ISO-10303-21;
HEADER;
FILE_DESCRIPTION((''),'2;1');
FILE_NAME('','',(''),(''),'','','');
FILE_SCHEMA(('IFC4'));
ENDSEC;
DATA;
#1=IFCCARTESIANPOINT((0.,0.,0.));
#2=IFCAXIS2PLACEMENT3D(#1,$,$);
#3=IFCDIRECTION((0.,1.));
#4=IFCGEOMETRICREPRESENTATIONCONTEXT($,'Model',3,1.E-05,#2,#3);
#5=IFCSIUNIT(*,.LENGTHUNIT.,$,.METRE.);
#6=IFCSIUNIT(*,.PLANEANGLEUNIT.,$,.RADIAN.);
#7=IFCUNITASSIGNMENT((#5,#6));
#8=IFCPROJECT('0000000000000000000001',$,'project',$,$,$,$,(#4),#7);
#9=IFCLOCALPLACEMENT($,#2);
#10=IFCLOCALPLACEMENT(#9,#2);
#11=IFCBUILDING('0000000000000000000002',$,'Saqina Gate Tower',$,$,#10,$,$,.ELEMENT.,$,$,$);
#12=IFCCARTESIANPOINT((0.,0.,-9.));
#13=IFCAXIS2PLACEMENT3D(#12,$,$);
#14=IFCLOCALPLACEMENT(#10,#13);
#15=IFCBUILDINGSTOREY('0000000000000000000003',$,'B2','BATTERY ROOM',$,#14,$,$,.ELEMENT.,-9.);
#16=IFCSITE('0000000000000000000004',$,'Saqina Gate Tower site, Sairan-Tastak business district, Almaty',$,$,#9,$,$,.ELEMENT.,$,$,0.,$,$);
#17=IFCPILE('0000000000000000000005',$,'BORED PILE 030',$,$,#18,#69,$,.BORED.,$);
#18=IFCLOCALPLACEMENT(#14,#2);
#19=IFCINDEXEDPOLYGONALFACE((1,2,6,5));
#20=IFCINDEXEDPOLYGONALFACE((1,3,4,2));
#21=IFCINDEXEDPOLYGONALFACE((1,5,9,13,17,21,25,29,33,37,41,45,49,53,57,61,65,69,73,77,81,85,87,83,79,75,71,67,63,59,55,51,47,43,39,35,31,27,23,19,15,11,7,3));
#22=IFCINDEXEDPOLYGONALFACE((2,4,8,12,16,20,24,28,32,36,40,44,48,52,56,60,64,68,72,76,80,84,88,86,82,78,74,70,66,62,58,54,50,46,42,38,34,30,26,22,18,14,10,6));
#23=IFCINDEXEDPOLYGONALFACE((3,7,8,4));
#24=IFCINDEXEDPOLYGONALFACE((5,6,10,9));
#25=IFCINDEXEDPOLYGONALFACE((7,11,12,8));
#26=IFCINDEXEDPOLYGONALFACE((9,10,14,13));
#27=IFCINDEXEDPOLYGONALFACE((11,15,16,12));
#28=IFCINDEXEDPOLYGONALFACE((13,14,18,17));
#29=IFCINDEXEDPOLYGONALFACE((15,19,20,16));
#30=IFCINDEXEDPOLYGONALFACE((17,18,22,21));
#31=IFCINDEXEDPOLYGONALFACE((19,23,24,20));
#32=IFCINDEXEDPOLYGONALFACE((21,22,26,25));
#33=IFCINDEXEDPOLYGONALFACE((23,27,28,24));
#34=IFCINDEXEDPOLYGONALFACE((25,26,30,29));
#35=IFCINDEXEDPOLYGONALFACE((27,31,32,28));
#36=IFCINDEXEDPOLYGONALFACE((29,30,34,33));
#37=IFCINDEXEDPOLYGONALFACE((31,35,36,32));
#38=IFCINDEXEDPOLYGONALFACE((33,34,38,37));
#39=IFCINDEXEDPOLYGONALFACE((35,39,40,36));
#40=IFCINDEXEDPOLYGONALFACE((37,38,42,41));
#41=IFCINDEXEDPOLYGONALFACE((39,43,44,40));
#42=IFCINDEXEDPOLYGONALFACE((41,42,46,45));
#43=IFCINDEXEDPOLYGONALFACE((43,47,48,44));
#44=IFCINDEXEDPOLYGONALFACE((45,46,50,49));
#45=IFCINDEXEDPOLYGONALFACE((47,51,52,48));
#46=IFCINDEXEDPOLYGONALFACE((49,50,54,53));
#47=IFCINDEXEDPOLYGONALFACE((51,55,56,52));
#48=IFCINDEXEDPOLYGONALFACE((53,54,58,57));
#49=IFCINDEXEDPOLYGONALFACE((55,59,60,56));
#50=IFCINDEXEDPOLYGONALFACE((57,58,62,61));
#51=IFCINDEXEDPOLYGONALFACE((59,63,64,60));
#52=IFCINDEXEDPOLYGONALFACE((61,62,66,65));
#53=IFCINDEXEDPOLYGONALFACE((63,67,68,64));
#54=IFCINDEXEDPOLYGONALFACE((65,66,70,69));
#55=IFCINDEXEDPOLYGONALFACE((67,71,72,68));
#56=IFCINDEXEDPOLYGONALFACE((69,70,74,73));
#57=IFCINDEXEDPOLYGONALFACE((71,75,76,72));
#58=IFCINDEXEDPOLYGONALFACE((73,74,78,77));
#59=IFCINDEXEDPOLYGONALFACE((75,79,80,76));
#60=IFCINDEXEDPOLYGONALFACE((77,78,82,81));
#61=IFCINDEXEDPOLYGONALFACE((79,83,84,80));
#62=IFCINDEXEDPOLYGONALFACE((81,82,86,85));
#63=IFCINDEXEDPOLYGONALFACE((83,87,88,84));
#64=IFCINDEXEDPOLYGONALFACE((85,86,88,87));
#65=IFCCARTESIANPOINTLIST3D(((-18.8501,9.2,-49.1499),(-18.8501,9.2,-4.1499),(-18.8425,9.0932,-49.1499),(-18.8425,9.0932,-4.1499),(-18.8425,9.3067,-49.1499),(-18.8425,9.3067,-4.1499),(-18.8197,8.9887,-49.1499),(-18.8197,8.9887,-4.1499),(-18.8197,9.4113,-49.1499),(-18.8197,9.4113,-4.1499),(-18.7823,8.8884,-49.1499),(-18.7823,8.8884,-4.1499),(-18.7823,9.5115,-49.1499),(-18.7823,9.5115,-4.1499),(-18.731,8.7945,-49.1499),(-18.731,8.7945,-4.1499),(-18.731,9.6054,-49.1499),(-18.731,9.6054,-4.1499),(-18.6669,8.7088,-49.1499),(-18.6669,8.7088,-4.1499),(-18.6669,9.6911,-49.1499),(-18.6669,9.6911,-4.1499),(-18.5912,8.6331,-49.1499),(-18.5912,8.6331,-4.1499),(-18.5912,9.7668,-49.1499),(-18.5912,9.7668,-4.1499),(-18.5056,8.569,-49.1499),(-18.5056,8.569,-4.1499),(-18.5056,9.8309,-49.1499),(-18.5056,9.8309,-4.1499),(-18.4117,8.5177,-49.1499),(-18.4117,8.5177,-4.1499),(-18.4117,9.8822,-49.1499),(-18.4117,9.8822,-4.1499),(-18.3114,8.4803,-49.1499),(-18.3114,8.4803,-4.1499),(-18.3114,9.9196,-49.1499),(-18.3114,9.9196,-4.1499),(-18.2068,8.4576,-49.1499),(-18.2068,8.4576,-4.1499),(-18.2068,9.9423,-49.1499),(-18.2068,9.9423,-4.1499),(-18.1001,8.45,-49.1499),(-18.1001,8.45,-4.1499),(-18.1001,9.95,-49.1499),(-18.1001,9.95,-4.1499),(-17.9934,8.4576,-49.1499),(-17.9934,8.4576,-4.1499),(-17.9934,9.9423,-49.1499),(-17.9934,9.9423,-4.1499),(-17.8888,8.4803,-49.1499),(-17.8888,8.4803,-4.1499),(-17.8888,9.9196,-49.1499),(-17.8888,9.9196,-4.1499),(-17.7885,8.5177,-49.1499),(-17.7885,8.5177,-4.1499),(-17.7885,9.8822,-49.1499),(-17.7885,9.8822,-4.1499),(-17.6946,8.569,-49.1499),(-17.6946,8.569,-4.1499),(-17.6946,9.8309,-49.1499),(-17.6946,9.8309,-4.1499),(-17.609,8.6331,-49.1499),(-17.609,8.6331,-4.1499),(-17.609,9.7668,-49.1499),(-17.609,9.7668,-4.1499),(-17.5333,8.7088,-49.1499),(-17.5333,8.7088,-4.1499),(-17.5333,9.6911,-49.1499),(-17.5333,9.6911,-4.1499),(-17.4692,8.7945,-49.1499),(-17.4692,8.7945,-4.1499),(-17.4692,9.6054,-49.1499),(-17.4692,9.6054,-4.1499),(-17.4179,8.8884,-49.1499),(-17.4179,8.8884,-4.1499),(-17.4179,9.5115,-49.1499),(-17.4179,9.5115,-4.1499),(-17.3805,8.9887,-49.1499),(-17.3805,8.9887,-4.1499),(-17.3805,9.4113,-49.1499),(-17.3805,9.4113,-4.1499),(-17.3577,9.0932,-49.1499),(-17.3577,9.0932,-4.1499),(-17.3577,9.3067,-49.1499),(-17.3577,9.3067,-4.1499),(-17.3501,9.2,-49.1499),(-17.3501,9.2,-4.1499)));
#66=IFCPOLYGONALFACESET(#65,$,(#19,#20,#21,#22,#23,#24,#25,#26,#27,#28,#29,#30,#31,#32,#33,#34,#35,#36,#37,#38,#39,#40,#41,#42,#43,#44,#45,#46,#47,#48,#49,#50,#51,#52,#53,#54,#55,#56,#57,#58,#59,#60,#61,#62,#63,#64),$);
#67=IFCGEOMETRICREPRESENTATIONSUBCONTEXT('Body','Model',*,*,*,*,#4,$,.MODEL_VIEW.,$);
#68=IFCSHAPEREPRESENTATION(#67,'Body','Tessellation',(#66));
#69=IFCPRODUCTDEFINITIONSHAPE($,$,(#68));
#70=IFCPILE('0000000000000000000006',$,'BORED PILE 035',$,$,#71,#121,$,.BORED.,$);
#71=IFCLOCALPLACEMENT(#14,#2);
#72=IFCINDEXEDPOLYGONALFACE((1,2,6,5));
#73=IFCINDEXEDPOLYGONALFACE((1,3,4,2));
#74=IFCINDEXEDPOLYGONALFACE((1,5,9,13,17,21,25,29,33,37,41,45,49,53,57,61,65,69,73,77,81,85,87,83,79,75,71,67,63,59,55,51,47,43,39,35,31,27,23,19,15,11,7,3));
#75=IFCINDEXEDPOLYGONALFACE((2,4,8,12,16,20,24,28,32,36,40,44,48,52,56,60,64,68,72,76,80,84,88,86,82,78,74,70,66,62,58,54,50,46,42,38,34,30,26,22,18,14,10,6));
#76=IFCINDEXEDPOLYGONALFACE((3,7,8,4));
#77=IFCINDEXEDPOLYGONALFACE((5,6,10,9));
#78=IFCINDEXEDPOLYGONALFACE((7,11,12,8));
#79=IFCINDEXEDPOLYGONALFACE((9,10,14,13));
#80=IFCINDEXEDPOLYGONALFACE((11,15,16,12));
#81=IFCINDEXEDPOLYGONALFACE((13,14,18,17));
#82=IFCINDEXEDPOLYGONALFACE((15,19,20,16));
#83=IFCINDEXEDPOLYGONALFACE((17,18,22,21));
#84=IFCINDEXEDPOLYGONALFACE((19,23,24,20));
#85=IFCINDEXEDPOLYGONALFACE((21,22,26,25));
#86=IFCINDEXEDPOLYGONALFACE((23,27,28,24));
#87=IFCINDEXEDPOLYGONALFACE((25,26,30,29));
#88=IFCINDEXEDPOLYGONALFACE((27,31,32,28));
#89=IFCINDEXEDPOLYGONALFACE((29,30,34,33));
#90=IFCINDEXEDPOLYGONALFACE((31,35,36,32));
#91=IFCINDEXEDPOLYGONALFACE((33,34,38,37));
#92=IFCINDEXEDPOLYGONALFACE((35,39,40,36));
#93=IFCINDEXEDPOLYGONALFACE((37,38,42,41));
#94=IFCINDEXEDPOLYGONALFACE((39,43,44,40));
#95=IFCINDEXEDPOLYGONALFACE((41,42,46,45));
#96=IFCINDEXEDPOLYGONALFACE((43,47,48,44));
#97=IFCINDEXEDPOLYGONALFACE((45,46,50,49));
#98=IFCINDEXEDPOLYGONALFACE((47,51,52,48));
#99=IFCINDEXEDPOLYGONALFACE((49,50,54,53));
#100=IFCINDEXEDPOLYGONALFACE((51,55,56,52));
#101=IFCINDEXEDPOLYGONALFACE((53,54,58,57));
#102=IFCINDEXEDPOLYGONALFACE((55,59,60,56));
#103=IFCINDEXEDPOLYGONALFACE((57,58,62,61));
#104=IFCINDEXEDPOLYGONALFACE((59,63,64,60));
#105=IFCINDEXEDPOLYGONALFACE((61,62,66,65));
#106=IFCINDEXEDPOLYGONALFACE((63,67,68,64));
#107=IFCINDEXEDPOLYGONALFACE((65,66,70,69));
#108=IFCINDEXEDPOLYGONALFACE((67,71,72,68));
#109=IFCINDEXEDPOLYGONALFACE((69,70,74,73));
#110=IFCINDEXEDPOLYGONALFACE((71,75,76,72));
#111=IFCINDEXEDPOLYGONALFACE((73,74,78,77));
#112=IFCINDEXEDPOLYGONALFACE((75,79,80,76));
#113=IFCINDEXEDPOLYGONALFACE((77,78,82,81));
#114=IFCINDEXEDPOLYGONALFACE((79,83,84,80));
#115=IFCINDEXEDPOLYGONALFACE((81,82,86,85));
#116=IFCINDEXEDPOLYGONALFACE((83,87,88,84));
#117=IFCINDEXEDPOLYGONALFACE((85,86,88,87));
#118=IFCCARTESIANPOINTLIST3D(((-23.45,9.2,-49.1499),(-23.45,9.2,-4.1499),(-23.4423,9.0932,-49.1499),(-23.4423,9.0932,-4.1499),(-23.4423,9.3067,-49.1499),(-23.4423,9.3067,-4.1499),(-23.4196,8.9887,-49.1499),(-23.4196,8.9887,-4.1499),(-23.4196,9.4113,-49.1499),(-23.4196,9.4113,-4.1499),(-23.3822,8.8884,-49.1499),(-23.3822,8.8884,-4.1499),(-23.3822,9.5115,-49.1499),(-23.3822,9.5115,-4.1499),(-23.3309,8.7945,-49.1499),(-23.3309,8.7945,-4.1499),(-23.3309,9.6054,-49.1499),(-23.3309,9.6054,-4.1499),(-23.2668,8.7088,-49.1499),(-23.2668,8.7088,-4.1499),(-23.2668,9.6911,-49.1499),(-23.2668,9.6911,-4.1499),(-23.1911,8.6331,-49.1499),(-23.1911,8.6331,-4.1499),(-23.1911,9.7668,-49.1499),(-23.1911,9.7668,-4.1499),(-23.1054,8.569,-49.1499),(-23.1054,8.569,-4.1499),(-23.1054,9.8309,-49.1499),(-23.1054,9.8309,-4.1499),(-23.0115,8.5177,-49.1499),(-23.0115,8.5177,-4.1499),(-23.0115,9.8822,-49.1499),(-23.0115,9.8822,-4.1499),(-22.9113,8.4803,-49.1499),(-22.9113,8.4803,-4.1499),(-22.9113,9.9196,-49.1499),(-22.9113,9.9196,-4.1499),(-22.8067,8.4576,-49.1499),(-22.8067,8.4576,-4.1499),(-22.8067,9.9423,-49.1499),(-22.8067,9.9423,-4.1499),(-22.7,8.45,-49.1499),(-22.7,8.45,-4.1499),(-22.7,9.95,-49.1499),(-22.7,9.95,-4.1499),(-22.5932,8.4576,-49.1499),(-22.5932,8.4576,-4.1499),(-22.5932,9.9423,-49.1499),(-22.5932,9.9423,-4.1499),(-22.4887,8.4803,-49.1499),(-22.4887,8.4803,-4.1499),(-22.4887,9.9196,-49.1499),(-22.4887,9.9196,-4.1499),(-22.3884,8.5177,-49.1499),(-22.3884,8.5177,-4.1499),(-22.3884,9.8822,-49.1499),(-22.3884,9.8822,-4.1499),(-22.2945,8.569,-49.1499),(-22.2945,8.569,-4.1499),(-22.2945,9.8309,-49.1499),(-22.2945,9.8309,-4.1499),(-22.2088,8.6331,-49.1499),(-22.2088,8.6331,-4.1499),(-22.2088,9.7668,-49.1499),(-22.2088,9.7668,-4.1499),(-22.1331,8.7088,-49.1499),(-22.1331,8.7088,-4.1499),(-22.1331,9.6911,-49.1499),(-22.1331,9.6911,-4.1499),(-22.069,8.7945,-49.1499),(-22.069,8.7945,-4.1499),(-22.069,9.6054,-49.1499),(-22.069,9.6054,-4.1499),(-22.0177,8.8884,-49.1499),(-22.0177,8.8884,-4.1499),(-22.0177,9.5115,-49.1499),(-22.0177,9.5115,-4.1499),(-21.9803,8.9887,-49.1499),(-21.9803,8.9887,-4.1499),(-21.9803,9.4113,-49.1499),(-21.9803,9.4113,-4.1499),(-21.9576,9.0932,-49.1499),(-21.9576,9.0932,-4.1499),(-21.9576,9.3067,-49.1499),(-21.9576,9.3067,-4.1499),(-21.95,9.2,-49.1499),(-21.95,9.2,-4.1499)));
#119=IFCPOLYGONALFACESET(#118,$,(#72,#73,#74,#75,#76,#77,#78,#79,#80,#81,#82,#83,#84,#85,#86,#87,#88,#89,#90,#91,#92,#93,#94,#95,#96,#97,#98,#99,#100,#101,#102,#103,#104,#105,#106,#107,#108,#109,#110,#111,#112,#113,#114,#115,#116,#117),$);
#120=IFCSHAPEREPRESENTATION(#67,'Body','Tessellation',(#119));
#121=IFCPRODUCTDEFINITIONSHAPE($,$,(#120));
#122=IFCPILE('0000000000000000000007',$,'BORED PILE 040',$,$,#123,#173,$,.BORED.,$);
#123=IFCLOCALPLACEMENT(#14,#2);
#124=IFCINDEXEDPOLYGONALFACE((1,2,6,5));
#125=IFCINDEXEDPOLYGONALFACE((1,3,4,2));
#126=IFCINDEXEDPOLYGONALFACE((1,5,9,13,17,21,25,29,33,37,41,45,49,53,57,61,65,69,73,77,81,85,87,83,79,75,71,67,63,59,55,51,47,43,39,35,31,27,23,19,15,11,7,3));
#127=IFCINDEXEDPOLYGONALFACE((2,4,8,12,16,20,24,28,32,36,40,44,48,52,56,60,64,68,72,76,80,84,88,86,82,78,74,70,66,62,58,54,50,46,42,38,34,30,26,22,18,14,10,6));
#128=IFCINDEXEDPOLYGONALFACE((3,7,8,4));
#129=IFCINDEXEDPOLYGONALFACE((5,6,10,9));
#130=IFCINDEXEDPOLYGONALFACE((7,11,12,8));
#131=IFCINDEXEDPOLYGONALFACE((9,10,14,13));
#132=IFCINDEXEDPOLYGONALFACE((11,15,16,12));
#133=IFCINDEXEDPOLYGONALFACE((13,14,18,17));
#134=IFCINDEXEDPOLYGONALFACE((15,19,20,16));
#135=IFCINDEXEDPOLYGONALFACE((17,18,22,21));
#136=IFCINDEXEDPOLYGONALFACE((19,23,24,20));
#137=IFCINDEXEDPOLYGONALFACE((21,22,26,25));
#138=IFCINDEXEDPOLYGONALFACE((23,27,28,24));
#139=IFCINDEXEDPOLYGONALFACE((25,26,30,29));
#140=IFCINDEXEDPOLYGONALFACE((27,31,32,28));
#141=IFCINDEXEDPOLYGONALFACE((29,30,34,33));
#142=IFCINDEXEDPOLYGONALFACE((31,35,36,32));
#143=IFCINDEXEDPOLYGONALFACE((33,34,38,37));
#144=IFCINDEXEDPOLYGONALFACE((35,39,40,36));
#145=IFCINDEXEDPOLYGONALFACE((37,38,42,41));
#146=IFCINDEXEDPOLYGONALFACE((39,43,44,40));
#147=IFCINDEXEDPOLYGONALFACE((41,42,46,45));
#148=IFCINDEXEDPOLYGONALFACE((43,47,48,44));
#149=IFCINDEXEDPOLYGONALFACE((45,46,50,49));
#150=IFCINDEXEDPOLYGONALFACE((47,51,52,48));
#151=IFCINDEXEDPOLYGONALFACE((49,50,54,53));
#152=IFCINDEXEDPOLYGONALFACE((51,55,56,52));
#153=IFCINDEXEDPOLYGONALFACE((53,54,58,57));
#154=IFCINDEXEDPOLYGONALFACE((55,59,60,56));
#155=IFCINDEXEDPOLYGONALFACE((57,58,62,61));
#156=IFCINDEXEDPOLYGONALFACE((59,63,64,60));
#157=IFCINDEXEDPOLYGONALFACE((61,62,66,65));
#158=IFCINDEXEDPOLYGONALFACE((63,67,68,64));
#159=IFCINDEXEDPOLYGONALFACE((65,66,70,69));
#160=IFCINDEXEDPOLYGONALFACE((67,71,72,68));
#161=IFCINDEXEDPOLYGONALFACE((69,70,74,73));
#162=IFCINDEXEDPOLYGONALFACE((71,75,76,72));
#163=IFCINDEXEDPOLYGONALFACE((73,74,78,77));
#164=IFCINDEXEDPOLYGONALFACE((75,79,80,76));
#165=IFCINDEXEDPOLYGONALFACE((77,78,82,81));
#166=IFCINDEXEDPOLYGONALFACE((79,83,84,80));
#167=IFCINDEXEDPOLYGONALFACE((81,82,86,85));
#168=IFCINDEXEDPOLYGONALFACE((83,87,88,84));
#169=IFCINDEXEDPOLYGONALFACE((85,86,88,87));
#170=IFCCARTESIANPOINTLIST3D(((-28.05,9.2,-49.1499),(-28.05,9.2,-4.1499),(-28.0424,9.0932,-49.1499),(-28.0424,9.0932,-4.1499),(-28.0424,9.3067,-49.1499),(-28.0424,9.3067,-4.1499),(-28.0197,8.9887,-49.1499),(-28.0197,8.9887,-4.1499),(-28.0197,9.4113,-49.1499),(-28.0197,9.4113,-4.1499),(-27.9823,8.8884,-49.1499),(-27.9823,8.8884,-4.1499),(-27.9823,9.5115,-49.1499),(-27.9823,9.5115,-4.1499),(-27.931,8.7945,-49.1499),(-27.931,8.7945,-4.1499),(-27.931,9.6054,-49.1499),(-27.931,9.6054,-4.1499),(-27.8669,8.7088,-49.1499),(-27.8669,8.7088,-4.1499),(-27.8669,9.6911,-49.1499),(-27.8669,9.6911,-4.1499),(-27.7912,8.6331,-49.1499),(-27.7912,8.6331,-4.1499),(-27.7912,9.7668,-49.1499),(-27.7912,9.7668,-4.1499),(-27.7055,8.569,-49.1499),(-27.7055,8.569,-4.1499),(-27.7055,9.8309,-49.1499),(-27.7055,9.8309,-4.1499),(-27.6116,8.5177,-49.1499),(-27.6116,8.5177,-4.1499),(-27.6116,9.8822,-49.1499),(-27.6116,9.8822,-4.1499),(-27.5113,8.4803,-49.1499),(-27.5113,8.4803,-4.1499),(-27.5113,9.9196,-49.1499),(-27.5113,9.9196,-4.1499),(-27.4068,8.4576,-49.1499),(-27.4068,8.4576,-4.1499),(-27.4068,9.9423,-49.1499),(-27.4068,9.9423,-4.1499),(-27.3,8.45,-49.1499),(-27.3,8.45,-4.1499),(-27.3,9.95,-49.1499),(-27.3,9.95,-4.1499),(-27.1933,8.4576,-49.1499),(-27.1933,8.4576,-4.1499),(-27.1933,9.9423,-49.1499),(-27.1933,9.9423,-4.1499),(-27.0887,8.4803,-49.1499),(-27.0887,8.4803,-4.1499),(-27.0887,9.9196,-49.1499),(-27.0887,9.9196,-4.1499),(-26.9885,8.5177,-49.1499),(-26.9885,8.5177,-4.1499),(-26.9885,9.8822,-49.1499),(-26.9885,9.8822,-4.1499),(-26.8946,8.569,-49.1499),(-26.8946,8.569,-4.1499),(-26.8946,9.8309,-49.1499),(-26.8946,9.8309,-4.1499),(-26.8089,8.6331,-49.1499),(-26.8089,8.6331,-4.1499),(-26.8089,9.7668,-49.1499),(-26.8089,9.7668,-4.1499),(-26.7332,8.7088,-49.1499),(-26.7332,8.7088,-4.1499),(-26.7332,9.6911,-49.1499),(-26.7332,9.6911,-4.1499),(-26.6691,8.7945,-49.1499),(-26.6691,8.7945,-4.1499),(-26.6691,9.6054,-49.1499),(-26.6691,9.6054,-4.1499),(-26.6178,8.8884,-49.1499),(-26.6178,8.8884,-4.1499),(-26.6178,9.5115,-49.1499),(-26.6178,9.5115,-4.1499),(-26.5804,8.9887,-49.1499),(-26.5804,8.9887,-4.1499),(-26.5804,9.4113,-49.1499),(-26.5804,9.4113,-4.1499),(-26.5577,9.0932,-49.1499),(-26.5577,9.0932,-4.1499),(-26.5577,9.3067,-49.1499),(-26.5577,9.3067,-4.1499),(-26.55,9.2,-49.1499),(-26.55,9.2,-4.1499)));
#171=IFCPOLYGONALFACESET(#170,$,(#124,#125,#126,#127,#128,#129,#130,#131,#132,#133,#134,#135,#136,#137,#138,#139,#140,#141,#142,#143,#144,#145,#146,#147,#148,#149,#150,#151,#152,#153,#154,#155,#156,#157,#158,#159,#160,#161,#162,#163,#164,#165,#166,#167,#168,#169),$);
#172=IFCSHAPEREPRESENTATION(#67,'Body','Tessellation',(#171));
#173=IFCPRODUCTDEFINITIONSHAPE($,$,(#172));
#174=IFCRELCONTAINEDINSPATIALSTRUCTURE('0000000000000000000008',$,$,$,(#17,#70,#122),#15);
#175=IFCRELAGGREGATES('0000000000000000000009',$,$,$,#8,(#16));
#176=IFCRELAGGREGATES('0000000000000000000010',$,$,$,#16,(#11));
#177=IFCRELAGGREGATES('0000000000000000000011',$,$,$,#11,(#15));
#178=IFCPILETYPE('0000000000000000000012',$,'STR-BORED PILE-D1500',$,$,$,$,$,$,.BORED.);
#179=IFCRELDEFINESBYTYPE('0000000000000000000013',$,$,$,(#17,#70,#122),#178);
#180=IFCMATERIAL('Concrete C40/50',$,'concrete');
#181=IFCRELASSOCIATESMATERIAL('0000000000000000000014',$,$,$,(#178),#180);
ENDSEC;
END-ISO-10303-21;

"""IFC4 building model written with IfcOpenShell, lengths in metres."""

from ifc_helpers import new_model, si_unit, direction, frame, origin, origin_2d, place, context, subcontext, project, spatial, circle, extrude, material, material_profile, profile_set, type_object, element, save


model = new_model("IFC4")

# Units and contexts
model_context = context("Model", 3, precision=1e-05, world=origin(), true_north=direction((0.0, 1.0)))
body_context = subcontext(model_context, "Body", "Model", "MODEL_VIEW")
ifc_project = project(units=[si_unit("LENGTHUNIT", "METRE"), si_unit("PLANEANGLEUNIT", "RADIAN")], contexts=[model_context])

# Site, building, storey
site_placement = place(None, origin())
site = spatial("IfcSite", under=ifc_project, at=site_placement, Name="Saqina Gate Tower site, Sairan-Tastak business district, Almaty", CompositionType="ELEMENT", RefElevation=0.0)
building_placement = place(site_placement, origin())
building = spatial("IfcBuilding", under=site, at=building_placement, Name="Saqina Gate Tower", CompositionType="ELEMENT")
storey_placement = place(building_placement, frame((0.0, 0.0, -9.0)))
storey = spatial("IfcBuildingStorey", under=building, at=storey_placement, Name="B2", Description="BATTERY ROOM", CompositionType="ELEMENT", Elevation=-9.0)

# Piles
ifc_material_1 = material(Name="Concrete C40/50", Category="concrete")
ifc_material_profile_1 = material_profile(ifc_material_1, circle(Radius=0.75, at=origin_2d()), Name="RC D1500")
ifc_profile_set_1 = profile_set([ifc_material_profile_1], Name="Concrete C40/50")
pile_type = type_object("IfcPileType", Name="STR-BORED PILE-D1500", PredefinedType="BORED", material=ifc_profile_set_1)
for number, where, z_axis, x_axis, name in (
    (1, (-18.1001, 9.2, -4.1499), (0.0, 0.0, -1.0), (1.0, 0.0, 0.0), "BORED PILE 030"),
    (2, (-22.7, 9.2, -4.1499), (0.0, 0.0, -1.0), (1.0, 0.0, 0.0), "BORED PILE 035"),
    (3, (-27.3, 9.2, -4.1499), (0.0, 0.0, -1.0), (1.0, 0.0, 0.0), "BORED PILE 040"),
):
    element("IfcPile", number, at=place(storey_placement, frame(where, z_axis=z_axis, x_axis=x_axis)), inside=storey, type_object=pile_type, Name=name, PredefinedType="BORED", context=body_context, shape_type="SweptSolid", body=[
        extrude(circle(Radius=0.75, at=origin_2d()), origin(), (0.0, 0.0, 1.0), 45.0),
    ])

save(model, "model.ifc")
